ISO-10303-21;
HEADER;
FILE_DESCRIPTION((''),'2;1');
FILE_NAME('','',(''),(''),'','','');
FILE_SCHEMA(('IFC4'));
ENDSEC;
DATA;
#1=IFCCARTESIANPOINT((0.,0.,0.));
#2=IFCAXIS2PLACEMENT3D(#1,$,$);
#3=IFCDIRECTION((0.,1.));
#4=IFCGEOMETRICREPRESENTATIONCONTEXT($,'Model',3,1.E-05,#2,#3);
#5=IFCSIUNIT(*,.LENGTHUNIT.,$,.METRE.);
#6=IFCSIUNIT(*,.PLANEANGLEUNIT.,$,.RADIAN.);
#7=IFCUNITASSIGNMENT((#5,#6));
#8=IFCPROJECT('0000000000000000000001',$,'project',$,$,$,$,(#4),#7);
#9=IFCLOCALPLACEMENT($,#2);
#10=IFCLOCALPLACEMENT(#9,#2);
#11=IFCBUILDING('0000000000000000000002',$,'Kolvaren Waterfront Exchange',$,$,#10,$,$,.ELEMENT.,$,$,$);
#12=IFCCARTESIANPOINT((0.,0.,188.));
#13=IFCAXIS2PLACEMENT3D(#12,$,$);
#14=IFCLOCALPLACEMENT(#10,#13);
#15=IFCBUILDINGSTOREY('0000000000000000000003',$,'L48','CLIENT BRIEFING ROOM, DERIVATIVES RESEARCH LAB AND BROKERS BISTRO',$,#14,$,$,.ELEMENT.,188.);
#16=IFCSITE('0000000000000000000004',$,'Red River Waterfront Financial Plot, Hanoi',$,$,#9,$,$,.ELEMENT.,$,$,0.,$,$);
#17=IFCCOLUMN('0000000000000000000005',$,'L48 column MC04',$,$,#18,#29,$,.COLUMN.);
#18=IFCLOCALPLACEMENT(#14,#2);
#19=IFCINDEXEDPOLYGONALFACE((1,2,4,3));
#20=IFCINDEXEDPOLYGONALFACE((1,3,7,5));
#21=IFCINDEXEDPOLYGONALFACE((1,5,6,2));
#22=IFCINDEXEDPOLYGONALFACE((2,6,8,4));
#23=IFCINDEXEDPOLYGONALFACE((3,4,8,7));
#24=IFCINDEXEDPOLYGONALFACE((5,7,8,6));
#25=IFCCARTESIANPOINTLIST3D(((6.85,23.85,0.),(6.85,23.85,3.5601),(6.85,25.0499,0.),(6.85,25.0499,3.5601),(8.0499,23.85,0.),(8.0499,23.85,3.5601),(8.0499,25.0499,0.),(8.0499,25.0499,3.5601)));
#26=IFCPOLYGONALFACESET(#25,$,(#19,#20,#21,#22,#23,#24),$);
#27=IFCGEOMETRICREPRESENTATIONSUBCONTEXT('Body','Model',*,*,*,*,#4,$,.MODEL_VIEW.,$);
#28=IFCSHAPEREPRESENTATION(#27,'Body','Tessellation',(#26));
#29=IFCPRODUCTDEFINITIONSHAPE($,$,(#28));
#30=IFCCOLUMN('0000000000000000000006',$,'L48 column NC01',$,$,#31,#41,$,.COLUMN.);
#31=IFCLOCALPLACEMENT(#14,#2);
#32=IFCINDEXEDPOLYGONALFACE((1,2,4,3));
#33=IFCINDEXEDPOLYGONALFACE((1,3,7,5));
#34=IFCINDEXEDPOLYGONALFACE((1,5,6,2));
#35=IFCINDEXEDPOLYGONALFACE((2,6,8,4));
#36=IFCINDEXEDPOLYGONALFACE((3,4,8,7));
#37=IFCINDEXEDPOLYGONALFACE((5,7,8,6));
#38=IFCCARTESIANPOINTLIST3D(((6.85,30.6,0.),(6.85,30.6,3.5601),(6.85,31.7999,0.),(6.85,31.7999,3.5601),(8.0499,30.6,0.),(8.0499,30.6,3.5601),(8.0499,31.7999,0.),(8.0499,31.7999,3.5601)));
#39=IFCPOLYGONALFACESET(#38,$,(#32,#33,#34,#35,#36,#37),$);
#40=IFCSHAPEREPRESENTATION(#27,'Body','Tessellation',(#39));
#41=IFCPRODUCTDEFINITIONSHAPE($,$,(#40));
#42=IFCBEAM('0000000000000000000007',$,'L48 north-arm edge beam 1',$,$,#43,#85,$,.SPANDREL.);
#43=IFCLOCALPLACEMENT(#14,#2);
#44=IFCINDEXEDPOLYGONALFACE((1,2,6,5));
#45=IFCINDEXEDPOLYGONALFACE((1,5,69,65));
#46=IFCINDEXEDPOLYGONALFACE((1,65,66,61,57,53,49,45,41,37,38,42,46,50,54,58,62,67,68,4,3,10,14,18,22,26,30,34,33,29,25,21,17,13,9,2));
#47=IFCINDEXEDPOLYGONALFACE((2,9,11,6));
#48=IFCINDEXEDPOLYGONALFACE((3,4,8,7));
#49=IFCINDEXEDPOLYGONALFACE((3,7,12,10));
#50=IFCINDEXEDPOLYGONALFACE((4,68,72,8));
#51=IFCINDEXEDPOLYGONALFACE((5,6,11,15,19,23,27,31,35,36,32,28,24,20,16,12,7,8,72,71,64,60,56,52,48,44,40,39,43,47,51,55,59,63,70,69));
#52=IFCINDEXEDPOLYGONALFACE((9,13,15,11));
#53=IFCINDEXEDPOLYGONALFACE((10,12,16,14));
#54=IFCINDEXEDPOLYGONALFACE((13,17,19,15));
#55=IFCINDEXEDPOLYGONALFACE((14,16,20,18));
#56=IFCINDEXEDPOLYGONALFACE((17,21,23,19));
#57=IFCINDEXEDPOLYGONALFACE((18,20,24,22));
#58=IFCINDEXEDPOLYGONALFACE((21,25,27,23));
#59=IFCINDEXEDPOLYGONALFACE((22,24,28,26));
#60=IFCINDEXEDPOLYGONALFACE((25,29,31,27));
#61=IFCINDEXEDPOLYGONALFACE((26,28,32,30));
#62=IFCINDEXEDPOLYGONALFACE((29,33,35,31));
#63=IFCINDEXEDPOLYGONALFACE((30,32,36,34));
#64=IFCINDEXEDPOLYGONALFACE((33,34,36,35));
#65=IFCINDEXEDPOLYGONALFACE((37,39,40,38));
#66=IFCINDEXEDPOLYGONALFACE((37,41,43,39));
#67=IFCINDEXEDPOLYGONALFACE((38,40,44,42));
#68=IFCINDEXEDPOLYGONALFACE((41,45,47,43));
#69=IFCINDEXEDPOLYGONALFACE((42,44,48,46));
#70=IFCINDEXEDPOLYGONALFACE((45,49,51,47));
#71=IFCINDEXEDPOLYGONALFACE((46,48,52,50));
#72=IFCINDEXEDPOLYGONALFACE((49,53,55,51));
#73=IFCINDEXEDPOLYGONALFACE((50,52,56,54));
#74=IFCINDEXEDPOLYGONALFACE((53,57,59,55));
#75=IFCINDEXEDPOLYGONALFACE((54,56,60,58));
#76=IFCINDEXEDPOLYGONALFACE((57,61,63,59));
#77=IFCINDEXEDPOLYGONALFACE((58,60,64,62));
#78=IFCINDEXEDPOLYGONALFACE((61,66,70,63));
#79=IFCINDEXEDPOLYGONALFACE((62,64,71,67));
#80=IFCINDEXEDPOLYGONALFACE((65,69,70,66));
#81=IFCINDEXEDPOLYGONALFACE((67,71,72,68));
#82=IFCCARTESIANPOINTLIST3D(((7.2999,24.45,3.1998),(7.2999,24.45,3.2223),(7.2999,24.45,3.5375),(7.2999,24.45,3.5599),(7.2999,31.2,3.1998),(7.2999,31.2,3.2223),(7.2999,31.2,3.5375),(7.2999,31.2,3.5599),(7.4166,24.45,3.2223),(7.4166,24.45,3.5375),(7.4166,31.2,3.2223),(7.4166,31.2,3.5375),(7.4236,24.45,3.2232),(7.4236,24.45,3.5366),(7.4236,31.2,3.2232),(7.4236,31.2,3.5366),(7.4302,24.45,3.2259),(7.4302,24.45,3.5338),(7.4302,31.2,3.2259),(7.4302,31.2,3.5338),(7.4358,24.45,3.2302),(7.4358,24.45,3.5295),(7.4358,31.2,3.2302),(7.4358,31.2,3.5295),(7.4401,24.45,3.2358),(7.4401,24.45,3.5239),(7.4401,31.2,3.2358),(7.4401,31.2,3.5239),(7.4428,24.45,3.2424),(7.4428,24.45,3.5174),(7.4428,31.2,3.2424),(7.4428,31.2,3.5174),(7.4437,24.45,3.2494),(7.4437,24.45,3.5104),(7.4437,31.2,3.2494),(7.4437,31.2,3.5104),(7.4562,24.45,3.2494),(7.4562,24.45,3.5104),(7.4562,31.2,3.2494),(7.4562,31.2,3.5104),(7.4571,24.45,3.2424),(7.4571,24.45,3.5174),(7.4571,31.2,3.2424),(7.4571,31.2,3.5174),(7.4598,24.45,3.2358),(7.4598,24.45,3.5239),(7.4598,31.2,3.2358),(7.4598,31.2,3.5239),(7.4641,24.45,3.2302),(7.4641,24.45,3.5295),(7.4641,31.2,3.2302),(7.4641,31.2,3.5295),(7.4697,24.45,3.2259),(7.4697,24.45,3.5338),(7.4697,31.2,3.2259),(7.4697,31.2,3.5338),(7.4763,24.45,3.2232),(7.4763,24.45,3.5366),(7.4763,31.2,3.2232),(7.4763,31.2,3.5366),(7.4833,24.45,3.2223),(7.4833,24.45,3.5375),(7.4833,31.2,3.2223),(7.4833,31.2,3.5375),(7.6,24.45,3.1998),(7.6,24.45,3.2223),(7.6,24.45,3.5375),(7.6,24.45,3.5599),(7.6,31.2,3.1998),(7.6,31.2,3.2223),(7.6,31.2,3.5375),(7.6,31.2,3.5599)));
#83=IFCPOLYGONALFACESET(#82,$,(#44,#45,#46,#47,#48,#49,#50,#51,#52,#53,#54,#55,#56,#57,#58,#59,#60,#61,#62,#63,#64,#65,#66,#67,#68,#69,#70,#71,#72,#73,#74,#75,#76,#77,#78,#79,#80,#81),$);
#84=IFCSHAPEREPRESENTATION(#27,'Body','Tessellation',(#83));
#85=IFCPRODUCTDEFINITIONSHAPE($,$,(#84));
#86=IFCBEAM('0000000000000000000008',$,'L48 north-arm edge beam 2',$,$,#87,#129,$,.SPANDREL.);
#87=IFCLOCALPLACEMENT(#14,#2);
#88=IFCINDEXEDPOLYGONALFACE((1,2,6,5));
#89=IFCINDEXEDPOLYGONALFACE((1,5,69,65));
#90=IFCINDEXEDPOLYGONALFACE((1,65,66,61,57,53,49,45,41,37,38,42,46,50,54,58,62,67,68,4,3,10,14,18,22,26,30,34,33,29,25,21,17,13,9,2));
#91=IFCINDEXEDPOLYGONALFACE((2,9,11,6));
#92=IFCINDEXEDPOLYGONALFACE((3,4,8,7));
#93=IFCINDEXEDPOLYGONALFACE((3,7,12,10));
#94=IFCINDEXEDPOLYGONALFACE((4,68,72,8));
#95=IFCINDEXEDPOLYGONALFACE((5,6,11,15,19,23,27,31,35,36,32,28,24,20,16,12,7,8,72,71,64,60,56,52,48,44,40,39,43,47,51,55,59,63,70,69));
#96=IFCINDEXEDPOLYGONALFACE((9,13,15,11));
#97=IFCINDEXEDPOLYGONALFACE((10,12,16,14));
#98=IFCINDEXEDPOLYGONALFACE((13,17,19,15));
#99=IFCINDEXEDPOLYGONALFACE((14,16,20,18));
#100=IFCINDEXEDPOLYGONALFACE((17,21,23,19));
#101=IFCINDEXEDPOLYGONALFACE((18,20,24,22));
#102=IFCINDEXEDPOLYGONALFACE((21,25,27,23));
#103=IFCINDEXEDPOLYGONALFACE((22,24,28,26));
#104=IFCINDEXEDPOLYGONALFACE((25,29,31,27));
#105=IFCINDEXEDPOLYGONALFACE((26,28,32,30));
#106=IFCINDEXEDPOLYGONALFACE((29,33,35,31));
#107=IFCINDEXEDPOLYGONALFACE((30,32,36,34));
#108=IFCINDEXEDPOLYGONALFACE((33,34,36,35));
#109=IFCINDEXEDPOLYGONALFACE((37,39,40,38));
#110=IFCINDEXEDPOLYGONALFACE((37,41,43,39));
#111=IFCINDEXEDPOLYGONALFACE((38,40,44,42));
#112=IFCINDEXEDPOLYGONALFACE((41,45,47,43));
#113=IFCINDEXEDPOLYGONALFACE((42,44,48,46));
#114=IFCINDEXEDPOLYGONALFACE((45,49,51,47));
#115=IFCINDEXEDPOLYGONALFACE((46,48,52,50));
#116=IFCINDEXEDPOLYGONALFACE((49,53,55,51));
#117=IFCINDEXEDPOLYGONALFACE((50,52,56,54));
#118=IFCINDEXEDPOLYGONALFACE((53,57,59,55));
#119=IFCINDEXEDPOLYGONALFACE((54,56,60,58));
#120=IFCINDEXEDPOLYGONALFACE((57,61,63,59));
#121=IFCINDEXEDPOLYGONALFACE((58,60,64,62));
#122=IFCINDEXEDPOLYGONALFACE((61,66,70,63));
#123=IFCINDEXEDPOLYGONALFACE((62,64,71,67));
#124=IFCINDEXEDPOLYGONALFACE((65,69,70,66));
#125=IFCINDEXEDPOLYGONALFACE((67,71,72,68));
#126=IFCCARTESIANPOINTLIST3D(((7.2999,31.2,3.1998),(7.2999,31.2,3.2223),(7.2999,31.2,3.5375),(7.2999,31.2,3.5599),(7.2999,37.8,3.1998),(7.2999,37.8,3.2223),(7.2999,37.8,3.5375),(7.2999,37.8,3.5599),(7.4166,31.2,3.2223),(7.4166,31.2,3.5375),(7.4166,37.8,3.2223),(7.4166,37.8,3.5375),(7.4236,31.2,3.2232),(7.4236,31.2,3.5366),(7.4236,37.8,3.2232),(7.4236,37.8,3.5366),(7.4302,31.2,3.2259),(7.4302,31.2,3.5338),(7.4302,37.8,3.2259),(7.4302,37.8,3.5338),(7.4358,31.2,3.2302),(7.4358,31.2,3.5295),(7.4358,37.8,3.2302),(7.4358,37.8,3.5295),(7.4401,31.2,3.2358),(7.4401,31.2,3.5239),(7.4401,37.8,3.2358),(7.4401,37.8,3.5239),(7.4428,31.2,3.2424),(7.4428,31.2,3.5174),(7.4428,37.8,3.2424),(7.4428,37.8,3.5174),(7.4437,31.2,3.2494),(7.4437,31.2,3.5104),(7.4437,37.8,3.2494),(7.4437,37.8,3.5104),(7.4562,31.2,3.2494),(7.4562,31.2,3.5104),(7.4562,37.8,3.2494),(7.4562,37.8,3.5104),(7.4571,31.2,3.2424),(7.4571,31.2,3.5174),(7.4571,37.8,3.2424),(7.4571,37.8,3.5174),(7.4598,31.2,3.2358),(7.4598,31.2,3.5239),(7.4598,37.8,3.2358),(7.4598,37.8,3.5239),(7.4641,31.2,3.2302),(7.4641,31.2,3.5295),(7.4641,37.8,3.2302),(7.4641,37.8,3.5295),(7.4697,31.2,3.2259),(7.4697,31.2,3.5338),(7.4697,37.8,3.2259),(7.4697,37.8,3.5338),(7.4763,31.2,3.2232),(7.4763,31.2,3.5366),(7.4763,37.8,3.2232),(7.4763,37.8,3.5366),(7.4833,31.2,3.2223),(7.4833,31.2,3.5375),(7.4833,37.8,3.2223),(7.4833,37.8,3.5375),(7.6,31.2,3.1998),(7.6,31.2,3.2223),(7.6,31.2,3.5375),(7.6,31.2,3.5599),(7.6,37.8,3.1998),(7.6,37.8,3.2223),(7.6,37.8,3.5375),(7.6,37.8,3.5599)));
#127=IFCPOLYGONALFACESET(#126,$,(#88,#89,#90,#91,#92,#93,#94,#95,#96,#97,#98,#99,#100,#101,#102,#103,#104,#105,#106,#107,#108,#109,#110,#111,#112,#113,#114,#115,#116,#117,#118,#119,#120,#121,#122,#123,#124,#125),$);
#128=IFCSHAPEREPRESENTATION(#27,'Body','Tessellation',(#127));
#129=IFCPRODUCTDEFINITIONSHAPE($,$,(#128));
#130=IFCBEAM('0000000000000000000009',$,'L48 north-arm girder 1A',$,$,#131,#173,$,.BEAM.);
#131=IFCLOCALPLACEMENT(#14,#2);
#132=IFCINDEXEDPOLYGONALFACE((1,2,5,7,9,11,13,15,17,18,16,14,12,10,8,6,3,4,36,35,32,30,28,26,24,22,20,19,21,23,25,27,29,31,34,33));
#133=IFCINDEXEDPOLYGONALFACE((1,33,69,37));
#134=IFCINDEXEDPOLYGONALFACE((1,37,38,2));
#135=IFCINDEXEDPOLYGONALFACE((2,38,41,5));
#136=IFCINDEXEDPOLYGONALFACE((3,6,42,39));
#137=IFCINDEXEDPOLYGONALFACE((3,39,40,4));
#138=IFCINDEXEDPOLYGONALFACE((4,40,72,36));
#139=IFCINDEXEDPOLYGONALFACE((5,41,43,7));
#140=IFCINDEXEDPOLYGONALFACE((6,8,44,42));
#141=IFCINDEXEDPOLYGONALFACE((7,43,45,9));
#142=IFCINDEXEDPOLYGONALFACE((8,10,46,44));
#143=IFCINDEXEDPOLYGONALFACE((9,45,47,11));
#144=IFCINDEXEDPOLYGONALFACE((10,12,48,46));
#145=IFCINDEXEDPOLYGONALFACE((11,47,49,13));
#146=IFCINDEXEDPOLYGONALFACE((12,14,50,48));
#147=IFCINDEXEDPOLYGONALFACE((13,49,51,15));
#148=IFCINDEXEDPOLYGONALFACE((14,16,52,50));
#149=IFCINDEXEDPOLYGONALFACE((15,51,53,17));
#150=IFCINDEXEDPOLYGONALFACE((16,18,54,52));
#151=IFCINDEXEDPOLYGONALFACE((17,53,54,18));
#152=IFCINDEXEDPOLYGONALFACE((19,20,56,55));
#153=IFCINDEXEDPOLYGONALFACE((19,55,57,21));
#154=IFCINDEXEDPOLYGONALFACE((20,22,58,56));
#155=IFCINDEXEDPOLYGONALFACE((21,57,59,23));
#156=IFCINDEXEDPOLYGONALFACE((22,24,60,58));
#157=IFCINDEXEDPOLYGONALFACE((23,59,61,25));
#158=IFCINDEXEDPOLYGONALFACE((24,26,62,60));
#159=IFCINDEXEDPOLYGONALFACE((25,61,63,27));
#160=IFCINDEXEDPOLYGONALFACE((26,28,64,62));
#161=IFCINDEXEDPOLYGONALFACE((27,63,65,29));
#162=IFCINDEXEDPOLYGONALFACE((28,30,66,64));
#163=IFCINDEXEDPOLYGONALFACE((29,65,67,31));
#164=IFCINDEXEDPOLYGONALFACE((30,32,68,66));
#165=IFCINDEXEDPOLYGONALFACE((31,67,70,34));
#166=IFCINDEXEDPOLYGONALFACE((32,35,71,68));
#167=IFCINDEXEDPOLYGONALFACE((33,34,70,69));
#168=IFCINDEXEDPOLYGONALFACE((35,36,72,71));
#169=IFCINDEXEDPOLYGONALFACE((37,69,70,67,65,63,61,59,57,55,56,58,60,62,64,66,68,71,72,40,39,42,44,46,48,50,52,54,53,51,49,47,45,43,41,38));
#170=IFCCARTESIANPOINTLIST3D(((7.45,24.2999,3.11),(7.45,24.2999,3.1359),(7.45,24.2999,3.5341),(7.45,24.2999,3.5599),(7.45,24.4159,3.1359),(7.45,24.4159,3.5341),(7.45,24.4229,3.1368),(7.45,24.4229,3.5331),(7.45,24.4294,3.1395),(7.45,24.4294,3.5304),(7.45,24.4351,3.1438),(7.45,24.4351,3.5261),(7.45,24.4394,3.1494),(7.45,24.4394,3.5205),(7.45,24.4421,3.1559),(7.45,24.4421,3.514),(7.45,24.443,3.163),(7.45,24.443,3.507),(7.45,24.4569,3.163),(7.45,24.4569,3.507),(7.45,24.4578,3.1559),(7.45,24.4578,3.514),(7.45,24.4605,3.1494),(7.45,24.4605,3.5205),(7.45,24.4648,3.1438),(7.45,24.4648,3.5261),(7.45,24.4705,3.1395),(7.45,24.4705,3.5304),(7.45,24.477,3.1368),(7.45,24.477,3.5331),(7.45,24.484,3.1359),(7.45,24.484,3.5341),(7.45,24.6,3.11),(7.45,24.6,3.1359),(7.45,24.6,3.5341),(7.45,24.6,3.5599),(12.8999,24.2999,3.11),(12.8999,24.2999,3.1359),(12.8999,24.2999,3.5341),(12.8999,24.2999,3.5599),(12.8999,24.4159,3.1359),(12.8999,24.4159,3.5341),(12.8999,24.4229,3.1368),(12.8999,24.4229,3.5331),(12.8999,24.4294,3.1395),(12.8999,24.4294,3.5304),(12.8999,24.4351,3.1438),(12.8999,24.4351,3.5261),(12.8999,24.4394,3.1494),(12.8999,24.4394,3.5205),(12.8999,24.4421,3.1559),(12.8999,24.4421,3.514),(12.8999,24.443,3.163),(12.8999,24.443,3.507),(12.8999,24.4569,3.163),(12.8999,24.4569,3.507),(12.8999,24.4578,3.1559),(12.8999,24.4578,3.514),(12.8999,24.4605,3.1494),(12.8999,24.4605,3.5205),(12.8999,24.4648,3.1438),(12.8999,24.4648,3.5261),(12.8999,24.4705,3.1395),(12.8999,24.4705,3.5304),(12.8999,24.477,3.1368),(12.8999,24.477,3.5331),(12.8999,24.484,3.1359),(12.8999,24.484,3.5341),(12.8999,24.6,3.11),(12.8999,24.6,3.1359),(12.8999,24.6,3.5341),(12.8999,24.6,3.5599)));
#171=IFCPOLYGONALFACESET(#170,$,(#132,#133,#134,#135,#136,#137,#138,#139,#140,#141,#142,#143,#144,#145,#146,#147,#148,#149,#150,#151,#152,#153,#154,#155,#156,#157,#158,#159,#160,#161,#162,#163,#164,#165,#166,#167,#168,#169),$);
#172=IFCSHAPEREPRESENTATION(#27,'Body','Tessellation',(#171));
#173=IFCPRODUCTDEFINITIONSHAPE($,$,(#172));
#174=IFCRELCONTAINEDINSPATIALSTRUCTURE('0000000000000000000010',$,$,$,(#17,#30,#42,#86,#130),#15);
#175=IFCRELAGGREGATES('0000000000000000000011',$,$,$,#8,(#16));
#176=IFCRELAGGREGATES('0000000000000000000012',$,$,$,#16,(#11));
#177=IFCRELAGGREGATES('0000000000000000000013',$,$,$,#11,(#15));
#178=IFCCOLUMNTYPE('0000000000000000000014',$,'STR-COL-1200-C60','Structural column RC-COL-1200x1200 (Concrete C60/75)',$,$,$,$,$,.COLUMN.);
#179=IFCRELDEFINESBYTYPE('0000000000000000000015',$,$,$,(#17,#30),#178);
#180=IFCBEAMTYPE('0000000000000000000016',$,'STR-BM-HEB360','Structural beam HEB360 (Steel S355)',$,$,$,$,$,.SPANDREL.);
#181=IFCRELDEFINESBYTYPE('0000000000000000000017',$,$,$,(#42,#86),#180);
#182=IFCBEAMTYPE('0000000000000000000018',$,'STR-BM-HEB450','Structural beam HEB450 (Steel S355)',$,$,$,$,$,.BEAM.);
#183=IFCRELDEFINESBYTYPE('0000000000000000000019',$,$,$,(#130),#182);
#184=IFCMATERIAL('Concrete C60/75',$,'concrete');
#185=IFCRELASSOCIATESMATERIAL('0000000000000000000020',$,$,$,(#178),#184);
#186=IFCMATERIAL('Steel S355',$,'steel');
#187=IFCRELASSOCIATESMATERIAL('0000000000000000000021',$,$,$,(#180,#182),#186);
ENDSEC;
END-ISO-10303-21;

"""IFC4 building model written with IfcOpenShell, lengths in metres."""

from ifc_helpers import new_model, si_unit, direction, frame, origin, origin_2d, place, context, subcontext, project, spatial, rectangle, i_section, extrude, material, material_profile, profile_set, type_object, element, save


model = new_model("IFC4")

# Units and contexts
model_context = context("Model", 3, precision=1e-05, world=origin(), true_north=direction((0.0, 1.0)))
body_context = subcontext(model_context, "Body", "Model", "MODEL_VIEW")
ifc_project = project(units=[si_unit("LENGTHUNIT", "METRE"), si_unit("PLANEANGLEUNIT", "RADIAN")], contexts=[model_context])

# Site, building, storey
site_placement = place(None, origin())
site = spatial("IfcSite", under=ifc_project, at=site_placement, Name="Red River Waterfront Financial Plot, Hanoi", CompositionType="ELEMENT", RefElevation=0.0)
building_placement = place(site_placement, origin())
building = spatial("IfcBuilding", under=site, at=building_placement, Name="Kolvaren Waterfront Exchange", CompositionType="ELEMENT")
storey_placement = place(building_placement, frame((0.0, 0.0, 188.0)))
storey = spatial("IfcBuildingStorey", under=building, at=storey_placement, Name="L48", Description="CLIENT BRIEFING ROOM, DERIVATIVES RESEARCH LAB AND BROKERS BISTRO", CompositionType="ELEMENT", Elevation=188.0)

# Columns
ifc_material_1 = material(Name="Concrete C60/75", Category="concrete")
ifc_material_profile_1 = material_profile(ifc_material_1, rectangle(XDim=1.2, YDim=1.2, at=origin_2d()), Name="RC-COL-1200x1200")
ifc_profile_set_1 = profile_set([ifc_material_profile_1], Name="Concrete C60/75")
column_type = type_object("IfcColumnType", Name="STR-COL-1200-C60", Description="Structural column RC-COL-1200x1200 (Concrete C60/75)", PredefinedType="COLUMN", material=ifc_profile_set_1)
for number, where, z_axis, x_axis, name in (
    (1, (7.45, 24.45, 0.0), (0.0, 0.0, 1.0), (1.0, 0.0, 0.0), "L48 column MC04"),
    (2, (7.45, 31.2, 0.0), (0.0, 0.0, 1.0), (1.0, 0.0, 0.0), "L48 column NC01"),
):
    element("IfcColumn", number, at=place(storey_placement, frame(where, z_axis=z_axis, x_axis=x_axis)), inside=storey, type_object=column_type, Name=name, PredefinedType="COLUMN", context=body_context, shape_type="SweptSolid", body=[
        extrude(rectangle(XDim=1.2, YDim=1.2, at=origin_2d()), origin(), (0.0, 0.0, 1.0), 3.5601),
    ])

# Beams
ifc_material_2 = material(Name="Steel S355", Category="steel")
ifc_material_profile_2 = material_profile(ifc_material_2, i_section(OverallWidth=0.3, OverallDepth=0.3601, WebThickness=0.0125, FlangeThickness=0.0225, FilletRadius=0.0271, at=origin_2d()), Name="HEB360")
ifc_profile_set_2 = profile_set([ifc_material_profile_2], Name="Steel S355")
beam_type_1 = type_object("IfcBeamType", Name="STR-BM-HEB360", Description="Structural beam HEB360 (Steel S355)", PredefinedType="SPANDREL", material=ifc_profile_set_2)
beam_1_placement = place(storey_placement, frame((7.45, 24.45, 3.3799), z_axis=(0.0, 1.0, 0.0), x_axis=(-1.0, 0.0, 0.0)))
element("IfcBeam", 3, at=beam_1_placement, inside=storey, type_object=beam_type_1, Name="L48 north-arm edge beam 1", PredefinedType="SPANDREL", context=body_context, shape_type="SweptSolid", body=[
    extrude(i_section(OverallWidth=0.3, OverallDepth=0.3601, WebThickness=0.0125, FlangeThickness=0.0225, FilletRadius=0.0271, at=origin_2d()), origin(), (0.0, 0.0, 1.0), 6.75),
])
beam_2_placement = place(storey_placement, frame((7.45, 31.2, 3.3799), z_axis=(0.0, 1.0, 0.0), x_axis=(-1.0, 0.0, 0.0)))
element("IfcBeam", 4, at=beam_2_placement, inside=storey, type_object=beam_type_1, Name="L48 north-arm edge beam 2", PredefinedType="SPANDREL", context=body_context, shape_type="SweptSolid", body=[
    extrude(i_section(OverallWidth=0.3, OverallDepth=0.3601, WebThickness=0.0125, FlangeThickness=0.0225, FilletRadius=0.0271, at=origin_2d()), origin(), (0.0, 0.0, 1.0), 6.6001),
])
ifc_material_profile_3 = material_profile(ifc_material_2, i_section(OverallWidth=0.3, OverallDepth=0.45, WebThickness=0.0139, FlangeThickness=0.0259, FilletRadius=0.0271, at=origin_2d()), Name="HEB450")
ifc_profile_set_3 = profile_set([ifc_material_profile_3], Name="Steel S355")
beam_type_2 = type_object("IfcBeamType", Name="STR-BM-HEB450", Description="Structural beam HEB450 (Steel S355)", PredefinedType="BEAM", material=ifc_profile_set_3)
for number, where, z_axis, x_axis, name in (
    (5, (7.45, 24.45, 3.335), (1.0, 0.0, 0.0), (0.0, 1.0, 0.0), "L48 north-arm girder 1A"),
):
    element("IfcBeam", number, at=place(storey_placement, frame(where, z_axis=z_axis, x_axis=x_axis)), inside=storey, type_object=beam_type_2, Name=name, PredefinedType="BEAM", context=body_context, shape_type="SweptSolid", body=[
        extrude(i_section(OverallWidth=0.3, OverallDepth=0.45, WebThickness=0.0139, FlangeThickness=0.0259, FilletRadius=0.0271, at=origin_2d()), origin(), (0.0, 0.0, 1.0), 5.45),
    ])

save(model, "model.ifc")
